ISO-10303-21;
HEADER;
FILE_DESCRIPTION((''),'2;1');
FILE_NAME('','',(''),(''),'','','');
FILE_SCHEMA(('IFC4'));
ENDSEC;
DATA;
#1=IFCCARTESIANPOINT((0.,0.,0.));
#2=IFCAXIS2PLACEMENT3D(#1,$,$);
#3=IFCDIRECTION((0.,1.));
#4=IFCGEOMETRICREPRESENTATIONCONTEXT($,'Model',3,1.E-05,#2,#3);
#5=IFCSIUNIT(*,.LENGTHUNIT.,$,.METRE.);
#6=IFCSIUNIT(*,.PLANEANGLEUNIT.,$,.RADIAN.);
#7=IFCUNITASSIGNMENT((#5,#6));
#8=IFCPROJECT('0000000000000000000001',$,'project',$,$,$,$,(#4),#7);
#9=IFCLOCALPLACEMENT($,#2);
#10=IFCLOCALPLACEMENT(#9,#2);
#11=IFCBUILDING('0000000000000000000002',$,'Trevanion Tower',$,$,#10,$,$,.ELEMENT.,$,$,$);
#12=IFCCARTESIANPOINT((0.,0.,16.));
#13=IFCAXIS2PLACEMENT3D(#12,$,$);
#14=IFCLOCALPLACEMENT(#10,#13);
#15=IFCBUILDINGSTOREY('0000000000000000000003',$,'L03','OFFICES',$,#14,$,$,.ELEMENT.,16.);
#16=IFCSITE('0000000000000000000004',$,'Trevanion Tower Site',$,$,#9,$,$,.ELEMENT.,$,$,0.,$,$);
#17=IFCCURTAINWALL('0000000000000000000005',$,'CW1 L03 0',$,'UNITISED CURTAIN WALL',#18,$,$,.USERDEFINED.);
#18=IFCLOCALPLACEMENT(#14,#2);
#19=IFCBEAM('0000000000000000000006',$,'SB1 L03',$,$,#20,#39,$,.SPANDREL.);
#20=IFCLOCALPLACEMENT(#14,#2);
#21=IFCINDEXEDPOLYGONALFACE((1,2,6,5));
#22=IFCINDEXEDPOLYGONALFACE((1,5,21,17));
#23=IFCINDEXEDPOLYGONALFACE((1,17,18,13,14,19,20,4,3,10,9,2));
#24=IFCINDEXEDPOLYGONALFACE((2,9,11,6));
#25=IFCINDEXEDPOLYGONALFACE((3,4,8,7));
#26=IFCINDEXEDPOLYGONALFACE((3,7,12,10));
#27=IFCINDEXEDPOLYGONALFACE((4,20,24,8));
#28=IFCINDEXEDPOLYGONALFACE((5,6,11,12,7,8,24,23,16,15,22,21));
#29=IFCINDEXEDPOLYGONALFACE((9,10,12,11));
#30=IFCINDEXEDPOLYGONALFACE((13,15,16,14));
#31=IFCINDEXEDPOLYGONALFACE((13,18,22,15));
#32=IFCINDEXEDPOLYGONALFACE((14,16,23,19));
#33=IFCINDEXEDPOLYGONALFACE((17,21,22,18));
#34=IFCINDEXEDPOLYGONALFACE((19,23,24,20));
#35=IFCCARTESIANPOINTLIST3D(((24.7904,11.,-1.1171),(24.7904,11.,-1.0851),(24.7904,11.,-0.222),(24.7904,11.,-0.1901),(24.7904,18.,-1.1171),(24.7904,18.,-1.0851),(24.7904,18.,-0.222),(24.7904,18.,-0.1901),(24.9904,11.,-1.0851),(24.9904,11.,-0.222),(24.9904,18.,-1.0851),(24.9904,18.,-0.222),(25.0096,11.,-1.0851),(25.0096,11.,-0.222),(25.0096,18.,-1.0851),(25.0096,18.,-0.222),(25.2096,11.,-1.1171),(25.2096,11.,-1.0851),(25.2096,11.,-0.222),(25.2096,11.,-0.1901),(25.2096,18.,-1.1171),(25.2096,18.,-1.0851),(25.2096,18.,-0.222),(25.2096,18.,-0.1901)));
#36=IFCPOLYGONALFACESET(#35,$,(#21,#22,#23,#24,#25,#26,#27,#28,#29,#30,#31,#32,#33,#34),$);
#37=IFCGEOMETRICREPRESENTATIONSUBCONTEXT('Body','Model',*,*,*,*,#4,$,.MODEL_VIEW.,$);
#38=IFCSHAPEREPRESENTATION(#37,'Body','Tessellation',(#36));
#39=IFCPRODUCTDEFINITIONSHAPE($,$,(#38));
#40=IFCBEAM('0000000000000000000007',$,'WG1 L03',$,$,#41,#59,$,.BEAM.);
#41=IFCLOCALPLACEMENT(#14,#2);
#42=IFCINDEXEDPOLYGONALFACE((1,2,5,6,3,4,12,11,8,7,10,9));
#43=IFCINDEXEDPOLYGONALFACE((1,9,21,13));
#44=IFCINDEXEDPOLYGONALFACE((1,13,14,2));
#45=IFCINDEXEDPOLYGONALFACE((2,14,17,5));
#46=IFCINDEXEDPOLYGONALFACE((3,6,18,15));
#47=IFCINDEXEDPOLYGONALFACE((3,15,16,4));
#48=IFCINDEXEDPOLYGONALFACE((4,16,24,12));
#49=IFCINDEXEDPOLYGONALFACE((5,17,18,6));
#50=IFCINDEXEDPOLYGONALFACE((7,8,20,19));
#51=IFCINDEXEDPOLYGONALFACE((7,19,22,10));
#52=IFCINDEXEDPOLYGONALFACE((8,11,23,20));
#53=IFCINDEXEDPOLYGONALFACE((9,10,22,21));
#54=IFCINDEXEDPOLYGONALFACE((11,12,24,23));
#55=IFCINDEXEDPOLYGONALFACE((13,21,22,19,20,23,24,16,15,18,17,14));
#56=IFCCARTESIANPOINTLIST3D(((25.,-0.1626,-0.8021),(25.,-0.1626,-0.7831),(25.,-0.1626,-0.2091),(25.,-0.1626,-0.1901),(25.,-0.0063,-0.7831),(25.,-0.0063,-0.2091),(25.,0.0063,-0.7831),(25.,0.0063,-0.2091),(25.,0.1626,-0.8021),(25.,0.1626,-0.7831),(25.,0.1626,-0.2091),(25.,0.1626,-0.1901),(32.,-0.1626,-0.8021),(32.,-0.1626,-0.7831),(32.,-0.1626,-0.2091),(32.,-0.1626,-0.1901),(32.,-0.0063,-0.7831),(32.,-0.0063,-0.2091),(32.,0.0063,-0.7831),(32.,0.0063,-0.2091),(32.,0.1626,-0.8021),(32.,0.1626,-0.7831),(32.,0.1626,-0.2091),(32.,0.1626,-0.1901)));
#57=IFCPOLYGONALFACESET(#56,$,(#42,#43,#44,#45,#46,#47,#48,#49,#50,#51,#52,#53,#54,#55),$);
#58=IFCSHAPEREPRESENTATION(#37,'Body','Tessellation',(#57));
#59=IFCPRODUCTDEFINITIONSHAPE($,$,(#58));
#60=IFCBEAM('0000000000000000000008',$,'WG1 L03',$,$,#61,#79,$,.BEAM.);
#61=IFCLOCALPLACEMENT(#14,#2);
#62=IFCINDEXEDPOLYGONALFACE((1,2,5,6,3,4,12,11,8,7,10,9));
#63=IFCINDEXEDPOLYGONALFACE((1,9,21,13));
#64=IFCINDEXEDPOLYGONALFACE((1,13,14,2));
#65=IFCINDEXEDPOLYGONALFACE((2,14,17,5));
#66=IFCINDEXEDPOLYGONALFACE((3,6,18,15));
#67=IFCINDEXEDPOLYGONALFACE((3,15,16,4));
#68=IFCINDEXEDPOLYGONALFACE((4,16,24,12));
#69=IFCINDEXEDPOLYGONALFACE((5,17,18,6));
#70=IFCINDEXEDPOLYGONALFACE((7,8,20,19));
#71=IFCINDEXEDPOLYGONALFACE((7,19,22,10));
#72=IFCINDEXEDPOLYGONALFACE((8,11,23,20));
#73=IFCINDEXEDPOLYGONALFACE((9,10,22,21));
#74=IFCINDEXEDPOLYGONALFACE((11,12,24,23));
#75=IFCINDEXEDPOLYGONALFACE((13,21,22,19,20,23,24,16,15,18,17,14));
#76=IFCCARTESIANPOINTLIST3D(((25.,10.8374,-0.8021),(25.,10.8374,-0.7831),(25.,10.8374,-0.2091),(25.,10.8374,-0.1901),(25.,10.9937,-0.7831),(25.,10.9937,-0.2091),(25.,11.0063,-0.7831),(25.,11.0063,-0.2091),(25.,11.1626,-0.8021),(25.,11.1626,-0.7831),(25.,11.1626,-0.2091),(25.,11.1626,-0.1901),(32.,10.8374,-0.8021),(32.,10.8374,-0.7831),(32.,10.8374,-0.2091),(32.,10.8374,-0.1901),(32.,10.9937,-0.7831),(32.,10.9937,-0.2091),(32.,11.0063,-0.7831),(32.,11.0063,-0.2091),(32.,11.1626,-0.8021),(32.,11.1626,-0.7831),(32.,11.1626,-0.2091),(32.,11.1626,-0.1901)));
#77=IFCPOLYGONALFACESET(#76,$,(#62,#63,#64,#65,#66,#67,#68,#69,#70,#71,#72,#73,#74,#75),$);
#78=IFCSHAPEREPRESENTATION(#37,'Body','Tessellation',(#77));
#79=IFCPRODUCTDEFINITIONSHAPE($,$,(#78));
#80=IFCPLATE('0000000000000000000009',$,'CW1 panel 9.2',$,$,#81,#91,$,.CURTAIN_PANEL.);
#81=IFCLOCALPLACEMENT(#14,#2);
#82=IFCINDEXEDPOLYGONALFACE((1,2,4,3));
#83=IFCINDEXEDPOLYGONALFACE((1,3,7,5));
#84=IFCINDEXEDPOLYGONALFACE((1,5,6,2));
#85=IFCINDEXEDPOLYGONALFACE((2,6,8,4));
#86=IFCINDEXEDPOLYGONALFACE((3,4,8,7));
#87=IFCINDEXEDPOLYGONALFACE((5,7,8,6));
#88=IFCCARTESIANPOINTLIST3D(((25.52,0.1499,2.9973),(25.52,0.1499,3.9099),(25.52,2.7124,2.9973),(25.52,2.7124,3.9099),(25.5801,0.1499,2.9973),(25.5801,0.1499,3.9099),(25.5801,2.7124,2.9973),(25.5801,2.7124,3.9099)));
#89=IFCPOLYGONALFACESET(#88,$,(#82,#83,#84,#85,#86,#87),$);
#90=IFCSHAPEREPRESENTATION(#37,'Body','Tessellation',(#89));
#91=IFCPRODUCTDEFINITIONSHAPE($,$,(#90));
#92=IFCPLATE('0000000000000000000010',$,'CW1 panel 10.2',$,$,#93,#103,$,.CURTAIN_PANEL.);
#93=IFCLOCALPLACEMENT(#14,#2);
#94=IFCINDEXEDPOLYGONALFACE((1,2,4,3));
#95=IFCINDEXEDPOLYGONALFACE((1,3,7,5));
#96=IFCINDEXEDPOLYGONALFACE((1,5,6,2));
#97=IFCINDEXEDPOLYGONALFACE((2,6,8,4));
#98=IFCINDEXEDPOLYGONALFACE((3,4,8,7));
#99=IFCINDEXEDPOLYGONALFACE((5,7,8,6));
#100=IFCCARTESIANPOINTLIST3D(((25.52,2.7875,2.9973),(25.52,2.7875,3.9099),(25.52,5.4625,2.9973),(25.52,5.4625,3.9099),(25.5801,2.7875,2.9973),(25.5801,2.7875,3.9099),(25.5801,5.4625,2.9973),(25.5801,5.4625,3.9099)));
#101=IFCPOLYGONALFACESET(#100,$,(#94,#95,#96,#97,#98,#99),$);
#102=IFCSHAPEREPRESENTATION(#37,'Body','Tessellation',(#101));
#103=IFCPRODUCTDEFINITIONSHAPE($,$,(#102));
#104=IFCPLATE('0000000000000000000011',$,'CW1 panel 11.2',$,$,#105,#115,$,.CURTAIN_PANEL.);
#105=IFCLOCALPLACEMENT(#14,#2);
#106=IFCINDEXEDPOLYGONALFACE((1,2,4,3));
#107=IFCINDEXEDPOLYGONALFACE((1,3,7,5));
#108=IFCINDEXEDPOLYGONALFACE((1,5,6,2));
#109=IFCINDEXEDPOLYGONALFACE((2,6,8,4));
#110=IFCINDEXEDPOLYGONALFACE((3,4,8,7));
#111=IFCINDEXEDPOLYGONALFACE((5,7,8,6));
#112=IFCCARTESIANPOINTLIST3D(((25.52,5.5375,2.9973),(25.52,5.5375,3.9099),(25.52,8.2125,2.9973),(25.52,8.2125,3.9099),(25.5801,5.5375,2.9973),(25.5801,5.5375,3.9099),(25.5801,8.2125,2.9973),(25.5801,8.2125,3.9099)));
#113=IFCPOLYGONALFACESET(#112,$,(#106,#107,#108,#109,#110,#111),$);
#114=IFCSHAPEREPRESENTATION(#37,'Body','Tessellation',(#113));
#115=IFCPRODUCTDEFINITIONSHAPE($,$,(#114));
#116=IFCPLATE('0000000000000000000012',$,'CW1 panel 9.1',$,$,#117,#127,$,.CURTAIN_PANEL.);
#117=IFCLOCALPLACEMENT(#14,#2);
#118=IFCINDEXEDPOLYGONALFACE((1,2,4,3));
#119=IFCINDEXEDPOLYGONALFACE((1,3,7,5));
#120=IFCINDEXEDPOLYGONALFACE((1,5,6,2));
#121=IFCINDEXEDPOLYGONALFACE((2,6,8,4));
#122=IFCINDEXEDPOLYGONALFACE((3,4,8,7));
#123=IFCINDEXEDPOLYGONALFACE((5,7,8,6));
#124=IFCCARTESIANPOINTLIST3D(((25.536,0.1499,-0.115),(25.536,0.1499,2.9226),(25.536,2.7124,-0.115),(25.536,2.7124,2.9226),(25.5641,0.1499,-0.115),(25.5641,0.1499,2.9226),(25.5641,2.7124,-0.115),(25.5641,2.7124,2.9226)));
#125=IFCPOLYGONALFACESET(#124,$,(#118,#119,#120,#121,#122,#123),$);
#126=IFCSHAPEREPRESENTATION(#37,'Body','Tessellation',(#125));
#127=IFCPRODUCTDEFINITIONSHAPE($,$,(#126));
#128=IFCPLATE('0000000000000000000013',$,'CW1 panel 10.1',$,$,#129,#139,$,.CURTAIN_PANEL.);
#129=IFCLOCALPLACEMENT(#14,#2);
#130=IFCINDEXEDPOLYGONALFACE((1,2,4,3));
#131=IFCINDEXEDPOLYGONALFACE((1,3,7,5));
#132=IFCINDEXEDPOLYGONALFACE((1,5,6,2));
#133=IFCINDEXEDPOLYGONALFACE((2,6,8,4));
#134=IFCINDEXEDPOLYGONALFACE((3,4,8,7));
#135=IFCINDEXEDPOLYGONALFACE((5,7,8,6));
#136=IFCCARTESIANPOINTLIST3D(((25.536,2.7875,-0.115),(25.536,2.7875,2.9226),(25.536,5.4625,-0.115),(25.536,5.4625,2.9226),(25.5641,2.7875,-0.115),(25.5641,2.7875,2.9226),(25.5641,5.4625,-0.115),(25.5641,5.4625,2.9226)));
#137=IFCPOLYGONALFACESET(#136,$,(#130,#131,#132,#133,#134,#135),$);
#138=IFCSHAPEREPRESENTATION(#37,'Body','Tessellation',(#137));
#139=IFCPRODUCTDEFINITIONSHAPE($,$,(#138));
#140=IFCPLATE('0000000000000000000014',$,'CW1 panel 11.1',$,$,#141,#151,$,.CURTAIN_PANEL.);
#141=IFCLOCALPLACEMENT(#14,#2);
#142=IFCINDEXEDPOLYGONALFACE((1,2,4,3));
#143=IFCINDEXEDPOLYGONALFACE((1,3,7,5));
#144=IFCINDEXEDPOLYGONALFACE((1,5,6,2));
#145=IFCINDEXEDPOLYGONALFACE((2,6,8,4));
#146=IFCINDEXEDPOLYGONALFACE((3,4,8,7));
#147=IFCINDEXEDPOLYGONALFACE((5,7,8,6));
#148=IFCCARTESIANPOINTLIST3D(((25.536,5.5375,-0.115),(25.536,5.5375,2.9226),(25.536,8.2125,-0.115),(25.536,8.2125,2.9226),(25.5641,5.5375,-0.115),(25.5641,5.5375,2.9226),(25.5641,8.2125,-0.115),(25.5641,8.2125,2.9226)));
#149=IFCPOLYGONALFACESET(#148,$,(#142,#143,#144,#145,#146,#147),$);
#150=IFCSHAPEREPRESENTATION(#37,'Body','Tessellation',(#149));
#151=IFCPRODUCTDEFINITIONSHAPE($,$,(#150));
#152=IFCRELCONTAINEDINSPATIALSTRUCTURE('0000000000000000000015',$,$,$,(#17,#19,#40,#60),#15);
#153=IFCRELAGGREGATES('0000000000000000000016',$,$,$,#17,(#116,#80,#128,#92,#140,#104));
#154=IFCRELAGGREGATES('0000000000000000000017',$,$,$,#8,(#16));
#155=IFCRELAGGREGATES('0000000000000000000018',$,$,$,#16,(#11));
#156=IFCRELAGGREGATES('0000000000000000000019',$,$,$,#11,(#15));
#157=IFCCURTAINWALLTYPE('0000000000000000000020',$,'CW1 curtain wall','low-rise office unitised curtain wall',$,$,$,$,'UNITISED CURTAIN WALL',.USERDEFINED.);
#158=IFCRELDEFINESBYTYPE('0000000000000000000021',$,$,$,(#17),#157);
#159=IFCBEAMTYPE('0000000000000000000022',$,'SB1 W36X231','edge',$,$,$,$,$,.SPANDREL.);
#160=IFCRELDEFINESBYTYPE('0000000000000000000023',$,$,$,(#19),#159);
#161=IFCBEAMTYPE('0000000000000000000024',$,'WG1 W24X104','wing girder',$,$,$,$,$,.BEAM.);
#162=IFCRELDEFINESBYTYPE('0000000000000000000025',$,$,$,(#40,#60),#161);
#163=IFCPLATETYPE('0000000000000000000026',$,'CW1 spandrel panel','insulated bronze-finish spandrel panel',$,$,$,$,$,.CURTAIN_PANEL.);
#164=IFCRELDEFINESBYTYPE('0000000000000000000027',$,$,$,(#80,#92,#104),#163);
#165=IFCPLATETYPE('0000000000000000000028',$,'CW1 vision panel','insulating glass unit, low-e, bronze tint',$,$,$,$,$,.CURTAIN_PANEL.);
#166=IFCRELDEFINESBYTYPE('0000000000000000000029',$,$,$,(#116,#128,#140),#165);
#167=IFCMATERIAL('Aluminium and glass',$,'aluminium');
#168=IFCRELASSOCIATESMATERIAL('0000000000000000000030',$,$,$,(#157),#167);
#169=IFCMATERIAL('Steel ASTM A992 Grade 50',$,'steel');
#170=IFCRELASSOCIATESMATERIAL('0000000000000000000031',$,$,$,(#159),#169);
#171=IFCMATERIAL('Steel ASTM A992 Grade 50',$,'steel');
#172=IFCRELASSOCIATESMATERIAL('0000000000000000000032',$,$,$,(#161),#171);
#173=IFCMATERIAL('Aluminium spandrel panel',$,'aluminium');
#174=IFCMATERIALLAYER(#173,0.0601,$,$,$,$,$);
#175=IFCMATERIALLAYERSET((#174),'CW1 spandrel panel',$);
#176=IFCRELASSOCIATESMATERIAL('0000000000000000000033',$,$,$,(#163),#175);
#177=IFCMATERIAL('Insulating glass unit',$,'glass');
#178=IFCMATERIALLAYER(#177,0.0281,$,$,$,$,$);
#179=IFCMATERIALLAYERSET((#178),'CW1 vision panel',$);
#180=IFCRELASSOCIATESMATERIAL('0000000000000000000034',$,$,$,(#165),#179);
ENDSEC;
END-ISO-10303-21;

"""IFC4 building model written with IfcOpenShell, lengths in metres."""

from ifc_helpers import new_model, si_unit, direction, frame, origin, origin_2d, place, context, subcontext, project, spatial, rectangle, i_section, extrude, material, layer, layer_set, material_profile, profile_set, type_object, element, aggregate, save


model = new_model("IFC4")

# Units and contexts
model_context = context("Model", 3, precision=1e-05, world=origin(), true_north=direction((0.0, 1.0)))
body_context = subcontext(model_context, "Body", "Model", "MODEL_VIEW")
ifc_project = project(units=[si_unit("LENGTHUNIT", "METRE"), si_unit("PLANEANGLEUNIT", "RADIAN")], contexts=[model_context])

# Site, building, storey
site_placement = place(None, origin())
site = spatial("IfcSite", under=ifc_project, at=site_placement, Name="Trevanion Tower Site", CompositionType="ELEMENT", RefElevation=0.0)
building_placement = place(site_placement, origin())
building = spatial("IfcBuilding", under=site, at=building_placement, Name="Trevanion Tower", CompositionType="ELEMENT")
storey_placement = place(building_placement, frame((0.0, 0.0, 16.0)))
storey = spatial("IfcBuildingStorey", under=building, at=storey_placement, Name="L03", Description="OFFICES", CompositionType="ELEMENT", Elevation=16.0)

# Curtain wall
ifc_material_1 = material(Name="Aluminium and glass", Category="aluminium")
curtain_wall_type = type_object("IfcCurtainWallType", Name="CW1 curtain wall", Description="low-rise office unitised curtain wall", ElementType="UNITISED CURTAIN WALL", PredefinedType="USERDEFINED", material=ifc_material_1)
curtain_wall_placement = place(storey_placement, origin())
curtain_wall = element("IfcCurtainWall", 1, at=curtain_wall_placement, inside=storey, type_object=curtain_wall_type, Name="CW1 L03 0", ObjectType="UNITISED CURTAIN WALL", PredefinedType="USERDEFINED")

# Beams
ifc_material_2 = material(Name="Steel ASTM A992 Grade 50", Category="steel")
ifc_material_profile_1 = material_profile(ifc_material_2, i_section(OverallWidth=0.4192, OverallDepth=0.927, WebThickness=0.0193, FlangeThickness=0.032, at=origin_2d()), Name="W36X231")
ifc_profile_set_1 = profile_set([ifc_material_profile_1], Name="Steel ASTM A992 Grade 50")
beam_type_1 = type_object("IfcBeamType", Name="SB1 W36X231", Description="edge", PredefinedType="SPANDREL", material=ifc_profile_set_1)
beam_1_placement = place(storey_placement, frame((25.0, 11.0, -0.6536), z_axis=(0.0, 1.0, 0.0), x_axis=(-1.0, 0.0, 0.0)))
element("IfcBeam", 2, at=beam_1_placement, inside=storey, type_object=beam_type_1, Name="SB1 L03", PredefinedType="SPANDREL", context=body_context, shape_type="SweptSolid", body=[
    extrude(i_section(OverallWidth=0.4192, OverallDepth=0.927, WebThickness=0.0193, FlangeThickness=0.032, at=origin_2d()), origin(), (0.0, 0.0, 1.0), 7.0),
])
ifc_material_3 = material(Name="Steel ASTM A992 Grade 50", Category="steel")
ifc_material_profile_2 = material_profile(ifc_material_3, i_section(OverallWidth=0.3252, OverallDepth=0.6121, WebThickness=0.0127, FlangeThickness=0.019, at=origin_2d()), Name="W24X104")
ifc_profile_set_2 = profile_set([ifc_material_profile_2], Name="Steel ASTM A992 Grade 50")
beam_type_2 = type_object("IfcBeamType", Name="WG1 W24X104", Description="wing girder", PredefinedType="BEAM", material=ifc_profile_set_2)
for number, where, z_axis, x_axis, name in (
    (3, (25.0, 0.0, -0.4961), (1.0, 0.0, 0.0), (0.0, 1.0, 0.0), "WG1 L03"),
    (4, (25.0, 11.0, -0.4961), (1.0, 0.0, 0.0), (0.0, 1.0, 0.0), "WG1 L03"),
):
    element("IfcBeam", number, at=place(storey_placement, frame(where, z_axis=z_axis, x_axis=x_axis)), inside=storey, type_object=beam_type_2, Name=name, PredefinedType="BEAM", context=body_context, shape_type="SweptSolid", body=[
        extrude(i_section(OverallWidth=0.3252, OverallDepth=0.6121, WebThickness=0.0127, FlangeThickness=0.019, at=origin_2d()), origin(), (0.0, 0.0, 1.0), 7.0),
    ])

# Plates
ifc_material_4 = material(Name="Aluminium spandrel panel", Category="aluminium")
ifc_layer_1 = layer(ifc_material_4, 0.0601)
ifc_layer_set_1 = layer_set([ifc_layer_1], Name="CW1 spandrel panel")
plate_type_1 = type_object("IfcPlateType", Name="CW1 spandrel panel", Description="insulated bronze-finish spandrel panel", PredefinedType="CURTAIN_PANEL", material=ifc_layer_set_1)
plate_1_placement = place(storey_placement, frame((25.55, 1.4312, 2.9973), z_axis=(0.0, 0.0, 1.0), x_axis=(0.0, 1.0, 0.0)))
plate_1 = element("IfcPlate", 5, at=plate_1_placement, type_object=plate_type_1, Name="CW1 panel 9.2", PredefinedType="CURTAIN_PANEL", context=body_context, shape_type="SweptSolid", body=[
    extrude(rectangle(XDim=2.5625, YDim=0.0601, at=origin_2d()), origin(), (0.0, 0.0, 1.0), 0.9126),
])
plate_2_placement = place(storey_placement, frame((25.55, 4.125, 2.9973), z_axis=(0.0, 0.0, 1.0), x_axis=(0.0, 1.0, 0.0)))
plate_2 = element("IfcPlate", 6, at=plate_2_placement, type_object=plate_type_1, Name="CW1 panel 10.2", PredefinedType="CURTAIN_PANEL", context=body_context, shape_type="SweptSolid", body=[
    extrude(rectangle(XDim=2.675, YDim=0.0601, at=origin_2d()), origin(), (0.0, 0.0, 1.0), 0.9126),
])
plate_3_placement = place(storey_placement, frame((25.55, 6.875, 2.9973), z_axis=(0.0, 0.0, 1.0), x_axis=(0.0, 1.0, 0.0)))
plate_3 = element("IfcPlate", 7, at=plate_3_placement, type_object=plate_type_1, Name="CW1 panel 11.2", PredefinedType="CURTAIN_PANEL", context=body_context, shape_type="SweptSolid", body=[
    extrude(rectangle(XDim=2.675, YDim=0.0601, at=origin_2d()), origin(), (0.0, 0.0, 1.0), 0.9126),
])
ifc_material_5 = material(Name="Insulating glass unit", Category="glass")
ifc_layer_2 = layer(ifc_material_5, 0.0281)
ifc_layer_set_2 = layer_set([ifc_layer_2], Name="CW1 vision panel")
plate_type_2 = type_object("IfcPlateType", Name="CW1 vision panel", Description="insulating glass unit, low-e, bronze tint", PredefinedType="CURTAIN_PANEL", material=ifc_layer_set_2)
plate_4_placement = place(storey_placement, frame((25.55, 1.4312, -0.115), z_axis=(0.0, 0.0, 1.0), x_axis=(0.0, 1.0, 0.0)))
plate_4 = element("IfcPlate", 8, at=plate_4_placement, type_object=plate_type_2, Name="CW1 panel 9.1", PredefinedType="CURTAIN_PANEL", context=body_context, shape_type="SweptSolid", body=[
    extrude(rectangle(XDim=2.5625, YDim=0.0281, at=origin_2d()), origin(), (0.0, 0.0, 1.0), 3.0376),
])
plate_5_placement = place(storey_placement, frame((25.55, 4.125, -0.115), z_axis=(0.0, 0.0, 1.0), x_axis=(0.0, 1.0, 0.0)))
plate_5 = element("IfcPlate", 9, at=plate_5_placement, type_object=plate_type_2, Name="CW1 panel 10.1", PredefinedType="CURTAIN_PANEL", context=body_context, shape_type="SweptSolid", body=[
    extrude(rectangle(XDim=2.675, YDim=0.0281, at=origin_2d()), origin(), (0.0, 0.0, 1.0), 3.0376),
])
plate_6_placement = place(storey_placement, frame((25.55, 6.875, -0.115), z_axis=(0.0, 0.0, 1.0), x_axis=(0.0, 1.0, 0.0)))
plate_6 = element("IfcPlate", 10, at=plate_6_placement, type_object=plate_type_2, Name="CW1 panel 11.1", PredefinedType="CURTAIN_PANEL", context=body_context, shape_type="SweptSolid", body=[
    extrude(rectangle(XDim=2.675, YDim=0.0281, at=origin_2d()), origin(), (0.0, 0.0, 1.0), 3.0376),
])
aggregate(curtain_wall, [plate_4, plate_1, plate_5, plate_2, plate_6, plate_3])

save(model, "model.ifc")
